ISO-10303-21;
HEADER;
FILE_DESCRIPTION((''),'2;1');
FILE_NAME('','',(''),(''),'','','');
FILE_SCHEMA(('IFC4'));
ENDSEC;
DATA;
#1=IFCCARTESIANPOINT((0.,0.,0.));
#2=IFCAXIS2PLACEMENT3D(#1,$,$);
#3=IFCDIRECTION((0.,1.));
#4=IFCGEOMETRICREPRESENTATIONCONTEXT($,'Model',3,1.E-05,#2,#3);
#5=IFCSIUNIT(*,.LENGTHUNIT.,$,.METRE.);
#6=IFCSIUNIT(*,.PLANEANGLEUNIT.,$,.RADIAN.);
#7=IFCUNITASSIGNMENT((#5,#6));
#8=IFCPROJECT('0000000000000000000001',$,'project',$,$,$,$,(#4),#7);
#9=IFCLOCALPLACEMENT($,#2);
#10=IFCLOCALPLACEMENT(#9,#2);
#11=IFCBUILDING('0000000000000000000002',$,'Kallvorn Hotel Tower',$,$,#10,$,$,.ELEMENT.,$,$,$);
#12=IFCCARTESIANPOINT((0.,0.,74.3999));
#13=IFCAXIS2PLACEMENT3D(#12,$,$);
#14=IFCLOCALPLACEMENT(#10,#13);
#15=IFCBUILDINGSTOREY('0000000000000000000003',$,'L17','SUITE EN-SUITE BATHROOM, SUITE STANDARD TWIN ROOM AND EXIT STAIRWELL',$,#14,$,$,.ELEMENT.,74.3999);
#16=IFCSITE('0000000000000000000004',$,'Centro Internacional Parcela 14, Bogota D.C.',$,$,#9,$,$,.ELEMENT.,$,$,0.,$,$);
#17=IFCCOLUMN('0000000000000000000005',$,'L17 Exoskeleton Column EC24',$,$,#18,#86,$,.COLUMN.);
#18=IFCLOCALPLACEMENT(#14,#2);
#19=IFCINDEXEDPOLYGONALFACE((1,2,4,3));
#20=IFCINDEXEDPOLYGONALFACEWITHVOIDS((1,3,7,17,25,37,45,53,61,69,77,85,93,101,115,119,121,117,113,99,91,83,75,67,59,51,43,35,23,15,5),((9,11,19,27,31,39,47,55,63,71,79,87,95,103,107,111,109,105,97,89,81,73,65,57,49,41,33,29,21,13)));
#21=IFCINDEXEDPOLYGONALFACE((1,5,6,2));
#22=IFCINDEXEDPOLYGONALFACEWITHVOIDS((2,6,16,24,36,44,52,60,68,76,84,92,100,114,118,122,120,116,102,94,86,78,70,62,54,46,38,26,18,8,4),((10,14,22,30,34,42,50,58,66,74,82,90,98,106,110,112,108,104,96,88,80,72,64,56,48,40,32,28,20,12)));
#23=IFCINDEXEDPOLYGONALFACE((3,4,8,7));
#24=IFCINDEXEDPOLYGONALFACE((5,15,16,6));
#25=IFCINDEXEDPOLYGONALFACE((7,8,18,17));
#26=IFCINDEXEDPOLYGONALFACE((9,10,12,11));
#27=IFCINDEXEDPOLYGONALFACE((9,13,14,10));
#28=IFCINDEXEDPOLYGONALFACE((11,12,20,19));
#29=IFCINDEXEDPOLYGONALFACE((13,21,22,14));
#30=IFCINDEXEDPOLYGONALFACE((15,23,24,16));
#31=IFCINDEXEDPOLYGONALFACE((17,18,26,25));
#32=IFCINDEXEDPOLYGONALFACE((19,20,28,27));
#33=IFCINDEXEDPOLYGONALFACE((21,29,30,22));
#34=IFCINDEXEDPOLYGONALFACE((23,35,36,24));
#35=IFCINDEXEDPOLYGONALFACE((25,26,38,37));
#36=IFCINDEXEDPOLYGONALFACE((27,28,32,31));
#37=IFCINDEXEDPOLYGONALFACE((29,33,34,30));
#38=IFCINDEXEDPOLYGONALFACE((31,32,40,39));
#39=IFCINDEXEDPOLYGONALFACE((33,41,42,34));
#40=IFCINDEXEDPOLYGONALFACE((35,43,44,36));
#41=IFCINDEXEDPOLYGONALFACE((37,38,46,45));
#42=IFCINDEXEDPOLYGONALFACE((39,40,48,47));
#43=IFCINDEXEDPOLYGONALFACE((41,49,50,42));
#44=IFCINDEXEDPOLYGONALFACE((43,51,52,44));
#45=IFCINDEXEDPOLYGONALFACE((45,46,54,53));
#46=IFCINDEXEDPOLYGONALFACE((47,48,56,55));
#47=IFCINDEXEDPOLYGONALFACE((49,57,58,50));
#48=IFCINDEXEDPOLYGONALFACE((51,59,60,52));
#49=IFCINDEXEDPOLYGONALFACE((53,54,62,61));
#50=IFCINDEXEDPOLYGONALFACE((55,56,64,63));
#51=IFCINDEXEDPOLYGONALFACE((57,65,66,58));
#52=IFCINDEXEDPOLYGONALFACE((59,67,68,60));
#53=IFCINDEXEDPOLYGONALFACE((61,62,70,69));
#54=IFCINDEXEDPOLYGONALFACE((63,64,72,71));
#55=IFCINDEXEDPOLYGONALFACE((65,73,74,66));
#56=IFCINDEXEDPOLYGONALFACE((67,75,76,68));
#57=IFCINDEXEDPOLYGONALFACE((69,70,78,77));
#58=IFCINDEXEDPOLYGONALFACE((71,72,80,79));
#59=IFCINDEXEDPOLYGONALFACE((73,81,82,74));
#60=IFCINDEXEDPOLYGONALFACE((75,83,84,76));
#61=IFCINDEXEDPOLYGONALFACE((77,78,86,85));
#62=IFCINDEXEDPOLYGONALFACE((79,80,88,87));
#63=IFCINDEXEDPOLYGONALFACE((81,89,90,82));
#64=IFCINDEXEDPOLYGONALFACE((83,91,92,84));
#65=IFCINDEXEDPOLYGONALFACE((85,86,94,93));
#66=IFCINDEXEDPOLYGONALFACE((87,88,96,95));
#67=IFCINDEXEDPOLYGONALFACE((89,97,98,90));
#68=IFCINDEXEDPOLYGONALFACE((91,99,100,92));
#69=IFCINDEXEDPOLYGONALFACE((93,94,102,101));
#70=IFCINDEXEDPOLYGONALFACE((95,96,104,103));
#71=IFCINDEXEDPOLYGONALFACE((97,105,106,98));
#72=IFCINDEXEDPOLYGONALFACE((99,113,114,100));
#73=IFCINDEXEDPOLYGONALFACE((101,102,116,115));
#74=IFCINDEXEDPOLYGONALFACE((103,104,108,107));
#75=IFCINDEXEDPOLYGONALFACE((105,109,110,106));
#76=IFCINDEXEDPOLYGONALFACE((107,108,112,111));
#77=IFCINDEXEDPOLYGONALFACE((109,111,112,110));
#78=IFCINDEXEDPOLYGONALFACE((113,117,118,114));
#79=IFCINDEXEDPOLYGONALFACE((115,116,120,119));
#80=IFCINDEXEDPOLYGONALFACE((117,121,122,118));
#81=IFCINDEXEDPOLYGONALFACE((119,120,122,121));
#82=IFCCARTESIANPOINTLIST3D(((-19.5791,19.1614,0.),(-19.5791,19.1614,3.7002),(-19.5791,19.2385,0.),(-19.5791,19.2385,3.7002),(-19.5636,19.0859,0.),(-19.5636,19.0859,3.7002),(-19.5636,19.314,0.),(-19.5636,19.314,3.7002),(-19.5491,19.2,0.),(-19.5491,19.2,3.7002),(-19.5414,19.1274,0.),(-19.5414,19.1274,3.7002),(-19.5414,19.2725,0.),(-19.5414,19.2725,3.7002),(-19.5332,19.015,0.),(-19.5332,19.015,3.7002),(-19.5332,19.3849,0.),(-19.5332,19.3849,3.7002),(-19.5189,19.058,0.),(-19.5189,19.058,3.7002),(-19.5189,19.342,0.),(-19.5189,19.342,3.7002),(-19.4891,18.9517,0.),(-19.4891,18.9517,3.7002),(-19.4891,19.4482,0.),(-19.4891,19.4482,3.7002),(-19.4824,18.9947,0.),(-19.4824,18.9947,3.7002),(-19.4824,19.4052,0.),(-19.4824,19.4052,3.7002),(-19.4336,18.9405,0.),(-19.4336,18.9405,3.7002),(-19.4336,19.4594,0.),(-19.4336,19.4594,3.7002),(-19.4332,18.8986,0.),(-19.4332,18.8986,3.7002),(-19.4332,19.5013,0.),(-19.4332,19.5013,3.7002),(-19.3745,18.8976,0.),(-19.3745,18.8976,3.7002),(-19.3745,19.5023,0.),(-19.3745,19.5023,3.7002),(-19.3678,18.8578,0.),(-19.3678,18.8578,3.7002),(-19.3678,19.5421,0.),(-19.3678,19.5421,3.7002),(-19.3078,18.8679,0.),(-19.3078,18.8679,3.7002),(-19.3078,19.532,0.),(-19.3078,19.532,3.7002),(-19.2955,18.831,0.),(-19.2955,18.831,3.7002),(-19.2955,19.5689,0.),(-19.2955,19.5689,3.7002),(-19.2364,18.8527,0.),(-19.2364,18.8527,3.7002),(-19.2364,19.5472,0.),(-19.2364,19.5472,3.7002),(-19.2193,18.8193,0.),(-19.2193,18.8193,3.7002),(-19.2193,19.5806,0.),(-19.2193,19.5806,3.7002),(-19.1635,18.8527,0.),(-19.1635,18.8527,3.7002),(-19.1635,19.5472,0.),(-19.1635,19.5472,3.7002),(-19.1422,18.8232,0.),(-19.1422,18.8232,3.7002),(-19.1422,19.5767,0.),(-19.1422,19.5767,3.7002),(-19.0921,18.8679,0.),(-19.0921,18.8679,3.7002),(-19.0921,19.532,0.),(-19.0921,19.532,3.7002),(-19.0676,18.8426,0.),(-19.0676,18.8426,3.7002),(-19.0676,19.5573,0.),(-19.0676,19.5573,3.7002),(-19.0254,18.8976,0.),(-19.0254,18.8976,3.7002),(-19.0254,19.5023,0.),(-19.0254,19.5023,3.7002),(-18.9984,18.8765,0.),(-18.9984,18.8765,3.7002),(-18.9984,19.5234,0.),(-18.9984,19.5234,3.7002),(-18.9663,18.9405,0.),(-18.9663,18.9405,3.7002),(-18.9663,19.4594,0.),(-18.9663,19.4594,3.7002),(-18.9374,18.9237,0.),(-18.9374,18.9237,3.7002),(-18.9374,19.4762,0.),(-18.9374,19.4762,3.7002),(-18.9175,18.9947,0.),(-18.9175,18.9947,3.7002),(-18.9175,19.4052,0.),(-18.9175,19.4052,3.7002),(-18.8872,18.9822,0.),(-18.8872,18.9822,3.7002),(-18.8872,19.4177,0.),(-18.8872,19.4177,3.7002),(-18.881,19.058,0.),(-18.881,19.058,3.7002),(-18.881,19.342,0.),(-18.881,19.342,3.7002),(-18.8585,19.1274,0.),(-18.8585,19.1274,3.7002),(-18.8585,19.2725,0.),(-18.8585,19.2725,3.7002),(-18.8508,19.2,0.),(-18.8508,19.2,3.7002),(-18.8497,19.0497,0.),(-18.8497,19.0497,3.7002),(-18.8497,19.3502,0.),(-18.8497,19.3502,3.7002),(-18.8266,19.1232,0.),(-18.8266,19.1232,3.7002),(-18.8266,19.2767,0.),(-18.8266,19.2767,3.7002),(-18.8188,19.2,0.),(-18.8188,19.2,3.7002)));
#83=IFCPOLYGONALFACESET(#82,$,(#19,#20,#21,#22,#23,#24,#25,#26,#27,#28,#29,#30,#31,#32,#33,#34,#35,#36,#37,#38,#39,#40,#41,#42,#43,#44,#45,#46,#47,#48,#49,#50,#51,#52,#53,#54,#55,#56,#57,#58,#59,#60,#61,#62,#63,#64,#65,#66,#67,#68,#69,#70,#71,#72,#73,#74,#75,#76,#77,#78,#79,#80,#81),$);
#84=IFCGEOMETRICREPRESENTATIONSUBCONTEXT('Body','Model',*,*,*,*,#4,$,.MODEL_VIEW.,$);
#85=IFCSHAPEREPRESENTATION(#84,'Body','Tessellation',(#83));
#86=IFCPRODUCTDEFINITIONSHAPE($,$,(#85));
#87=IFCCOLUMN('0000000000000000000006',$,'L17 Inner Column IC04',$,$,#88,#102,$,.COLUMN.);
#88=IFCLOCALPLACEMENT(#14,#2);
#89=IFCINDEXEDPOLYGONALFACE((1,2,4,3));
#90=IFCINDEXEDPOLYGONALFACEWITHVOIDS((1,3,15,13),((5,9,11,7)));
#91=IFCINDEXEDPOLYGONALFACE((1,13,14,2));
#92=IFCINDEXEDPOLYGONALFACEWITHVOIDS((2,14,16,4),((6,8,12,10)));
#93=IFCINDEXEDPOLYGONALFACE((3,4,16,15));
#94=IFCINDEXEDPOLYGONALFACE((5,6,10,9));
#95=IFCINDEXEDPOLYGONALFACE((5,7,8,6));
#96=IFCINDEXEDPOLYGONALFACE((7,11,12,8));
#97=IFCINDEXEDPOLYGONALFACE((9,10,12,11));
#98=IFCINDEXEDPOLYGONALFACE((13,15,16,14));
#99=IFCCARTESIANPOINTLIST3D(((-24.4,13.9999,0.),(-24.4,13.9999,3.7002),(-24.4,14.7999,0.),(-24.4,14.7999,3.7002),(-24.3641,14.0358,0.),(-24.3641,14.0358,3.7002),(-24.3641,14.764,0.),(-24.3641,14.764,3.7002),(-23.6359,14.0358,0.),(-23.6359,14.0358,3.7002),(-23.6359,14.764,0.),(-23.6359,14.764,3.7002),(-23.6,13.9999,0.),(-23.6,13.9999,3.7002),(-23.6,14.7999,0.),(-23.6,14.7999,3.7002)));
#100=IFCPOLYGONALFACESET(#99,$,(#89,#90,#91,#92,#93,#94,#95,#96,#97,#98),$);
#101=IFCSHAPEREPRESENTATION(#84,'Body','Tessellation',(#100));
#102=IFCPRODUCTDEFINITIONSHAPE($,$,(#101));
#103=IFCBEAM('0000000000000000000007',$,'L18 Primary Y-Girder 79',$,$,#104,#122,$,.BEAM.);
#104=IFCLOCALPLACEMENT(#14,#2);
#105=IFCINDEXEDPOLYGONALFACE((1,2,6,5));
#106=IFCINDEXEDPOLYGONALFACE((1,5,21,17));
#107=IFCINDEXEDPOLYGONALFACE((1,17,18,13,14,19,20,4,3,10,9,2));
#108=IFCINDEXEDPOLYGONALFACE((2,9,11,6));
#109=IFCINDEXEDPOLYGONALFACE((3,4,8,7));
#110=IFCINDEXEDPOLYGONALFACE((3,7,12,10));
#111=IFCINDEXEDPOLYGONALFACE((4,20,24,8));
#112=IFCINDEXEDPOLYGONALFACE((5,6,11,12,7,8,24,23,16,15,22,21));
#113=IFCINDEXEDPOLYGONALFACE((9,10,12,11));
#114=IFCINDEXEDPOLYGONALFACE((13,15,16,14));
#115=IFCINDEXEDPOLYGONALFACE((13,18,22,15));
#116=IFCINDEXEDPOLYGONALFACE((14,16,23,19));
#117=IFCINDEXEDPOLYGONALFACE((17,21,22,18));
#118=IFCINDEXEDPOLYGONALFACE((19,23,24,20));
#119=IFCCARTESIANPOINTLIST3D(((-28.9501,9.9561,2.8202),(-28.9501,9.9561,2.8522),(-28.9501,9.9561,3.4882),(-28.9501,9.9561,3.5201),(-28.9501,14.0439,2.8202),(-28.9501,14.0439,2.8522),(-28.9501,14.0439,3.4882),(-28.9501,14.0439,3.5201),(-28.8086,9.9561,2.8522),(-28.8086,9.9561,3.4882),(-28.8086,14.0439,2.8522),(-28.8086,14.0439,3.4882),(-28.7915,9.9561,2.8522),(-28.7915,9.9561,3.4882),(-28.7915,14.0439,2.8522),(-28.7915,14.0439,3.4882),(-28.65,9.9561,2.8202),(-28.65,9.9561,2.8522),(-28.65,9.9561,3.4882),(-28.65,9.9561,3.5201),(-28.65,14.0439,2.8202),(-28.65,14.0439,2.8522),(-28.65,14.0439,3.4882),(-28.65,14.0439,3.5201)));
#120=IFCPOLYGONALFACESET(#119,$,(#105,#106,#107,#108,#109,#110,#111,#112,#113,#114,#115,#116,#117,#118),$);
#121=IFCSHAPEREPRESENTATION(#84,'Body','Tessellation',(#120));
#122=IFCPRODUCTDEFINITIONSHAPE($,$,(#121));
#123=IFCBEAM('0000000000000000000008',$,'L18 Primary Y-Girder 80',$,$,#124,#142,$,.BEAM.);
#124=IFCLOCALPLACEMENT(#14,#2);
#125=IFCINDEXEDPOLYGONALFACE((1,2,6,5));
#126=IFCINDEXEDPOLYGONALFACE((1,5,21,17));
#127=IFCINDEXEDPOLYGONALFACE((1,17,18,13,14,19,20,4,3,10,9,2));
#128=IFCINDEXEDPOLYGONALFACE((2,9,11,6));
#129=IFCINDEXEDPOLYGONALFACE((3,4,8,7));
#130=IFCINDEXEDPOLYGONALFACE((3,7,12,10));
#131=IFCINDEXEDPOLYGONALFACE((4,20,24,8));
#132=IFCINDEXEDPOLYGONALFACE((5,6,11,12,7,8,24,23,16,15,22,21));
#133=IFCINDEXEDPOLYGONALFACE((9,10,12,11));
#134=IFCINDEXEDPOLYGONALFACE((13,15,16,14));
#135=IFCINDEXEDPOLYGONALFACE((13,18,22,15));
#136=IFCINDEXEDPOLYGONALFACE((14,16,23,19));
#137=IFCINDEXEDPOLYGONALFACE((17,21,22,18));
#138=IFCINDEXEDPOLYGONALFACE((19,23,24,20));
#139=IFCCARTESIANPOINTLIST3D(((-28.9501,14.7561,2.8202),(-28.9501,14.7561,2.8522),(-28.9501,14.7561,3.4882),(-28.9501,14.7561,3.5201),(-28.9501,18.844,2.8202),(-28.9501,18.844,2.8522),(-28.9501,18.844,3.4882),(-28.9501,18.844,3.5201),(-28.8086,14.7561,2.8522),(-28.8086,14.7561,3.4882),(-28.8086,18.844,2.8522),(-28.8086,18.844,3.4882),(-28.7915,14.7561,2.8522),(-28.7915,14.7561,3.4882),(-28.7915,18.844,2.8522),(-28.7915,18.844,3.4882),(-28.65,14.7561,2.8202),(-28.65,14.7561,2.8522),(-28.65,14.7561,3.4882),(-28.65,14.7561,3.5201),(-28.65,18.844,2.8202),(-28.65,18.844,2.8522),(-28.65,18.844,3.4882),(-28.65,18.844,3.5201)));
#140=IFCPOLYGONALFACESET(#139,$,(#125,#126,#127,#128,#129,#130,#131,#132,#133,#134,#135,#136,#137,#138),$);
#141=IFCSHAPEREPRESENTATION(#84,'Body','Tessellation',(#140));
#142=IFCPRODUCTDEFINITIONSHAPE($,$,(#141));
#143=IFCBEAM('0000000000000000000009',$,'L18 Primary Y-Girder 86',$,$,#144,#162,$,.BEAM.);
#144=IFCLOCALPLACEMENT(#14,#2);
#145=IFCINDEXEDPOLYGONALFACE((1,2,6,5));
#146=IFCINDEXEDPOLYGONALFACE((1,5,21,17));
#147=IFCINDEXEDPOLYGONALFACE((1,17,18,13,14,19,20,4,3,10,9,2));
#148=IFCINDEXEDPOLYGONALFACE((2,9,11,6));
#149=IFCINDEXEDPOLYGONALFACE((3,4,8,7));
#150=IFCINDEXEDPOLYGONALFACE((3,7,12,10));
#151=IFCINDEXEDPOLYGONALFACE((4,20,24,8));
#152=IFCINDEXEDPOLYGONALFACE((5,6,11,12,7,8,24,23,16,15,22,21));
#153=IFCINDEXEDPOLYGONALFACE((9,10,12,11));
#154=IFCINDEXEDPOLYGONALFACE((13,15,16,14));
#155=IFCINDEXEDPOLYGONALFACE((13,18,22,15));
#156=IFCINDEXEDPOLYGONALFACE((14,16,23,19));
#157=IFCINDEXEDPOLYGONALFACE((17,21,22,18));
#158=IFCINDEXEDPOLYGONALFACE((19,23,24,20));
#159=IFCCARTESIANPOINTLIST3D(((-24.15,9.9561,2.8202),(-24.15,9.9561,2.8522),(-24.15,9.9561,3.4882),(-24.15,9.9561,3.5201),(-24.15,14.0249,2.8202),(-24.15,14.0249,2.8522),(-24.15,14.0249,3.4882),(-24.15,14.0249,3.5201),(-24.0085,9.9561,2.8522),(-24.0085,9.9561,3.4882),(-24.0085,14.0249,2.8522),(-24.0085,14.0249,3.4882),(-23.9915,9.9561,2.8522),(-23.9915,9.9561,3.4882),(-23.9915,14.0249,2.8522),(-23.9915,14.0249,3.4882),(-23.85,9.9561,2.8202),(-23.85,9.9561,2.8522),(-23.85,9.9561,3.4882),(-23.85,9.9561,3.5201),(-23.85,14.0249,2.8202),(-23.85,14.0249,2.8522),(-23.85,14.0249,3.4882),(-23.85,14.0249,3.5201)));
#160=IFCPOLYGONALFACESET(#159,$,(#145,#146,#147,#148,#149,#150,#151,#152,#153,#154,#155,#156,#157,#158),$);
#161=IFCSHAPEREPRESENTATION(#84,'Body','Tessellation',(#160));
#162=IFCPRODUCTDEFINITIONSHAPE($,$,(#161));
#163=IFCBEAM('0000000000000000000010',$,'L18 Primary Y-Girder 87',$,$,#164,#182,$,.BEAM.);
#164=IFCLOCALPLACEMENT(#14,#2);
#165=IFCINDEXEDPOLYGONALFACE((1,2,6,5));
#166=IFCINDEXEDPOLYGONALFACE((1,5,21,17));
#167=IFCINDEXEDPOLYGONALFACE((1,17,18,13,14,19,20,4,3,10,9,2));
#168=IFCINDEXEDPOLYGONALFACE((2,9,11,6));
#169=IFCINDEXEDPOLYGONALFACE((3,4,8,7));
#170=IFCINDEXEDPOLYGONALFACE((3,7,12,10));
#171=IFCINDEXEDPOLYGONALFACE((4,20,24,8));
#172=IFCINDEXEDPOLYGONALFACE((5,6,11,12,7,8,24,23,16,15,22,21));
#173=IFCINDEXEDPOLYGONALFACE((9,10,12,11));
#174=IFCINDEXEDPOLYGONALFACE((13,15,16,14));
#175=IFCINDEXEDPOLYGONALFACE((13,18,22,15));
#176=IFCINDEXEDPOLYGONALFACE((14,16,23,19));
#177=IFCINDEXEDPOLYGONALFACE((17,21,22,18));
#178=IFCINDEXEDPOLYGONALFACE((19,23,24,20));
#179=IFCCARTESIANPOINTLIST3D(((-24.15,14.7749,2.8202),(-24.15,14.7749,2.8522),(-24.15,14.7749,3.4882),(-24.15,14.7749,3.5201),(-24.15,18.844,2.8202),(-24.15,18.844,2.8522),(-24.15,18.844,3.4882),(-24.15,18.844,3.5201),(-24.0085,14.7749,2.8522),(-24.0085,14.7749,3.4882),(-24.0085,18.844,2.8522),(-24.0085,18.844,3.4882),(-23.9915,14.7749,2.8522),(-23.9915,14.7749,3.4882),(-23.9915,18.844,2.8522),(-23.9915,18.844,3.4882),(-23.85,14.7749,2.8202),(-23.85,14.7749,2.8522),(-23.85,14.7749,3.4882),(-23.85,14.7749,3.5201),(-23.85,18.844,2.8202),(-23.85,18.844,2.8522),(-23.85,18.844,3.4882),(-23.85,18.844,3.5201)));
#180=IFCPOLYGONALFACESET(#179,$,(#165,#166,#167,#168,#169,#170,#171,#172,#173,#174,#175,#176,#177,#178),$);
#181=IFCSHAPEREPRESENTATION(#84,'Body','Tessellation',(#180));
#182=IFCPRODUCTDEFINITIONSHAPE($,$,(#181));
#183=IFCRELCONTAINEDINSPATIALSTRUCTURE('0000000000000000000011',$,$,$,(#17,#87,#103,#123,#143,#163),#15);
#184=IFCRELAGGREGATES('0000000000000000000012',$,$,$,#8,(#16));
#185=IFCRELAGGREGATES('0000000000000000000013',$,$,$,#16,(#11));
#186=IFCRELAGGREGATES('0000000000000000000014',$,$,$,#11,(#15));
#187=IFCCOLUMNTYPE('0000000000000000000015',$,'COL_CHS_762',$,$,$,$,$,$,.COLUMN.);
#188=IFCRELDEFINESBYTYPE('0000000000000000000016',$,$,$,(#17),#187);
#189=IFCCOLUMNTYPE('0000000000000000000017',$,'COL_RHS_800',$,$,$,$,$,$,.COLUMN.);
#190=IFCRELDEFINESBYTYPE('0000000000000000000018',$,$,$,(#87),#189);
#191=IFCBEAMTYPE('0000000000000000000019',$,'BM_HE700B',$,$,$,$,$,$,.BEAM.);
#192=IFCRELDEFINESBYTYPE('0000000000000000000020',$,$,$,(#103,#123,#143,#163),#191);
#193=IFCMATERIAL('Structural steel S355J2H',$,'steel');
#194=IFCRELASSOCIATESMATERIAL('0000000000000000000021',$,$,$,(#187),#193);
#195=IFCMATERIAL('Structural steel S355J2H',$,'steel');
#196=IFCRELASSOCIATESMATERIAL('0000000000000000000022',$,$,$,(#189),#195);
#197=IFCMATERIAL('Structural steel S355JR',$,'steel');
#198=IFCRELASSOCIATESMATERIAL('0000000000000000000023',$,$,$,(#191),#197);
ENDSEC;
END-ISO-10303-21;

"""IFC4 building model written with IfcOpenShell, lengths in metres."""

from ifc_helpers import new_model, si_unit, direction, frame, origin, origin_2d, place, context, subcontext, project, spatial, hollow_rectangle, hollow_circle, i_section, extrude, material, material_profile, profile_set, type_object, element, save


model = new_model("IFC4")

# Units and contexts
model_context = context("Model", 3, precision=1e-05, world=origin(), true_north=direction((0.0, 1.0)))
body_context = subcontext(model_context, "Body", "Model", "MODEL_VIEW")
ifc_project = project(units=[si_unit("LENGTHUNIT", "METRE"), si_unit("PLANEANGLEUNIT", "RADIAN")], contexts=[model_context])

# Site, building, storey
site_placement = place(None, origin())
site = spatial("IfcSite", under=ifc_project, at=site_placement, Name="Centro Internacional Parcela 14, Bogota D.C.", CompositionType="ELEMENT", RefElevation=0.0)
building_placement = place(site_placement, origin())
building = spatial("IfcBuilding", under=site, at=building_placement, Name="Kallvorn Hotel Tower", CompositionType="ELEMENT")
storey_placement = place(building_placement, frame((0.0, 0.0, 74.3999)))
storey = spatial("IfcBuildingStorey", under=building, at=storey_placement, Name="L17", Description="SUITE EN-SUITE BATHROOM, SUITE STANDARD TWIN ROOM AND EXIT STAIRWELL", CompositionType="ELEMENT", Elevation=74.3999)

# Columns
ifc_material_1 = material(Name="Structural steel S355J2H", Category="steel")
ifc_material_profile_1 = material_profile(ifc_material_1, hollow_circle(Radius=0.3811, WallThickness=0.032, at=origin_2d()), Name="CHS 762x32")
ifc_profile_set_1 = profile_set([ifc_material_profile_1], Name="Structural steel S355J2H")
column_type_1 = type_object("IfcColumnType", Name="COL_CHS_762", PredefinedType="COLUMN", material=ifc_profile_set_1)
for number, where, z_axis, x_axis, name in (
    (1, (-19.2, 19.2, 0.0), (0.0, 0.0, 1.0), (1.0, 0.0, 0.0), "L17 Exoskeleton Column EC24"),
):
    element("IfcColumn", number, at=place(storey_placement, frame(where, z_axis=z_axis, x_axis=x_axis)), inside=storey, type_object=column_type_1, Name=name, PredefinedType="COLUMN", context=body_context, shape_type="SweptSolid", body=[
        extrude(hollow_circle(Radius=0.3811, WallThickness=0.032, at=origin_2d()), origin(), (0.0, 0.0, 1.0), 3.7002),
    ])
ifc_material_2 = material(Name="Structural steel S355J2H", Category="steel")
ifc_material_profile_2 = material_profile(ifc_material_2, hollow_rectangle(XDim=0.8, YDim=0.8, WallThickness=0.0359, at=origin_2d()), Name="RHS 800x800x36")
ifc_profile_set_2 = profile_set([ifc_material_profile_2], Name="Structural steel S355J2H")
column_type_2 = type_object("IfcColumnType", Name="COL_RHS_800", PredefinedType="COLUMN", material=ifc_profile_set_2)
column_placement = place(storey_placement, frame((-24.0, 14.3999, 0.0), z_axis=(0.0, 0.0, 1.0), x_axis=(1.0, 0.0, 0.0)))
element("IfcColumn", 2, at=column_placement, inside=storey, type_object=column_type_2, Name="L17 Inner Column IC04", PredefinedType="COLUMN", context=body_context, shape_type="SweptSolid", body=[
    extrude(hollow_rectangle(XDim=0.8, YDim=0.8, WallThickness=0.0359, at=origin_2d()), origin(), (0.0, 0.0, 1.0), 3.7002),
])

# Beams
ifc_material_3 = material(Name="Structural steel S355JR", Category="steel")
ifc_material_profile_3 = material_profile(ifc_material_3, i_section(OverallWidth=0.3, OverallDepth=0.7, WebThickness=0.0171, FlangeThickness=0.032, at=origin_2d()), Name="HE 700 B")
ifc_profile_set_3 = profile_set([ifc_material_profile_3], Name="Structural steel S355JR")
beam_type_1 = type_object("IfcBeamType", Name="BM_HE700B", PredefinedType="BEAM", material=ifc_profile_set_3)
for number, where, z_axis, x_axis, name in (
    (3, (-28.8, 9.9561, 3.1702), (0.0, 1.0, 0.0), (-1.0, 0.0, 0.0), "L18 Primary Y-Girder 79"),
    (4, (-28.8, 14.7561, 3.1702), (0.0, 1.0, 0.0), (-1.0, 0.0, 0.0), "L18 Primary Y-Girder 80"),
):
    element("IfcBeam", number, at=place(storey_placement, frame(where, z_axis=z_axis, x_axis=x_axis)), inside=storey, type_object=beam_type_1, Name=name, PredefinedType="BEAM", context=body_context, shape_type="SweptSolid", body=[
        extrude(i_section(OverallWidth=0.3, OverallDepth=0.7, WebThickness=0.0171, FlangeThickness=0.032, at=origin_2d()), origin(), (0.0, 0.0, 1.0), 4.0879),
    ])
beam_1_placement = place(storey_placement, frame((-24.0, 9.9561, 3.1702), z_axis=(0.0, 1.0, 0.0), x_axis=(-1.0, 0.0, 0.0)))
element("IfcBeam", 5, at=beam_1_placement, inside=storey, type_object=beam_type_1, Name="L18 Primary Y-Girder 86", PredefinedType="BEAM", context=body_context, shape_type="SweptSolid", body=[
    extrude(i_section(OverallWidth=0.3, OverallDepth=0.7, WebThickness=0.0171, FlangeThickness=0.032, at=origin_2d()), origin(), (0.0, 0.0, 1.0), 4.0688),
])
beam_2_placement = place(storey_placement, frame((-24.0, 14.7749, 3.1702), z_axis=(0.0, 1.0, 0.0), x_axis=(-1.0, 0.0, 0.0)))
element("IfcBeam", 6, at=beam_2_placement, inside=storey, type_object=beam_type_1, Name="L18 Primary Y-Girder 87", PredefinedType="BEAM", context=body_context, shape_type="SweptSolid", body=[
    extrude(i_section(OverallWidth=0.3, OverallDepth=0.7, WebThickness=0.0171, FlangeThickness=0.032, at=origin_2d()), origin(), (0.0, 0.0, 1.0), 4.0691),
])

save(model, "model.ifc")
